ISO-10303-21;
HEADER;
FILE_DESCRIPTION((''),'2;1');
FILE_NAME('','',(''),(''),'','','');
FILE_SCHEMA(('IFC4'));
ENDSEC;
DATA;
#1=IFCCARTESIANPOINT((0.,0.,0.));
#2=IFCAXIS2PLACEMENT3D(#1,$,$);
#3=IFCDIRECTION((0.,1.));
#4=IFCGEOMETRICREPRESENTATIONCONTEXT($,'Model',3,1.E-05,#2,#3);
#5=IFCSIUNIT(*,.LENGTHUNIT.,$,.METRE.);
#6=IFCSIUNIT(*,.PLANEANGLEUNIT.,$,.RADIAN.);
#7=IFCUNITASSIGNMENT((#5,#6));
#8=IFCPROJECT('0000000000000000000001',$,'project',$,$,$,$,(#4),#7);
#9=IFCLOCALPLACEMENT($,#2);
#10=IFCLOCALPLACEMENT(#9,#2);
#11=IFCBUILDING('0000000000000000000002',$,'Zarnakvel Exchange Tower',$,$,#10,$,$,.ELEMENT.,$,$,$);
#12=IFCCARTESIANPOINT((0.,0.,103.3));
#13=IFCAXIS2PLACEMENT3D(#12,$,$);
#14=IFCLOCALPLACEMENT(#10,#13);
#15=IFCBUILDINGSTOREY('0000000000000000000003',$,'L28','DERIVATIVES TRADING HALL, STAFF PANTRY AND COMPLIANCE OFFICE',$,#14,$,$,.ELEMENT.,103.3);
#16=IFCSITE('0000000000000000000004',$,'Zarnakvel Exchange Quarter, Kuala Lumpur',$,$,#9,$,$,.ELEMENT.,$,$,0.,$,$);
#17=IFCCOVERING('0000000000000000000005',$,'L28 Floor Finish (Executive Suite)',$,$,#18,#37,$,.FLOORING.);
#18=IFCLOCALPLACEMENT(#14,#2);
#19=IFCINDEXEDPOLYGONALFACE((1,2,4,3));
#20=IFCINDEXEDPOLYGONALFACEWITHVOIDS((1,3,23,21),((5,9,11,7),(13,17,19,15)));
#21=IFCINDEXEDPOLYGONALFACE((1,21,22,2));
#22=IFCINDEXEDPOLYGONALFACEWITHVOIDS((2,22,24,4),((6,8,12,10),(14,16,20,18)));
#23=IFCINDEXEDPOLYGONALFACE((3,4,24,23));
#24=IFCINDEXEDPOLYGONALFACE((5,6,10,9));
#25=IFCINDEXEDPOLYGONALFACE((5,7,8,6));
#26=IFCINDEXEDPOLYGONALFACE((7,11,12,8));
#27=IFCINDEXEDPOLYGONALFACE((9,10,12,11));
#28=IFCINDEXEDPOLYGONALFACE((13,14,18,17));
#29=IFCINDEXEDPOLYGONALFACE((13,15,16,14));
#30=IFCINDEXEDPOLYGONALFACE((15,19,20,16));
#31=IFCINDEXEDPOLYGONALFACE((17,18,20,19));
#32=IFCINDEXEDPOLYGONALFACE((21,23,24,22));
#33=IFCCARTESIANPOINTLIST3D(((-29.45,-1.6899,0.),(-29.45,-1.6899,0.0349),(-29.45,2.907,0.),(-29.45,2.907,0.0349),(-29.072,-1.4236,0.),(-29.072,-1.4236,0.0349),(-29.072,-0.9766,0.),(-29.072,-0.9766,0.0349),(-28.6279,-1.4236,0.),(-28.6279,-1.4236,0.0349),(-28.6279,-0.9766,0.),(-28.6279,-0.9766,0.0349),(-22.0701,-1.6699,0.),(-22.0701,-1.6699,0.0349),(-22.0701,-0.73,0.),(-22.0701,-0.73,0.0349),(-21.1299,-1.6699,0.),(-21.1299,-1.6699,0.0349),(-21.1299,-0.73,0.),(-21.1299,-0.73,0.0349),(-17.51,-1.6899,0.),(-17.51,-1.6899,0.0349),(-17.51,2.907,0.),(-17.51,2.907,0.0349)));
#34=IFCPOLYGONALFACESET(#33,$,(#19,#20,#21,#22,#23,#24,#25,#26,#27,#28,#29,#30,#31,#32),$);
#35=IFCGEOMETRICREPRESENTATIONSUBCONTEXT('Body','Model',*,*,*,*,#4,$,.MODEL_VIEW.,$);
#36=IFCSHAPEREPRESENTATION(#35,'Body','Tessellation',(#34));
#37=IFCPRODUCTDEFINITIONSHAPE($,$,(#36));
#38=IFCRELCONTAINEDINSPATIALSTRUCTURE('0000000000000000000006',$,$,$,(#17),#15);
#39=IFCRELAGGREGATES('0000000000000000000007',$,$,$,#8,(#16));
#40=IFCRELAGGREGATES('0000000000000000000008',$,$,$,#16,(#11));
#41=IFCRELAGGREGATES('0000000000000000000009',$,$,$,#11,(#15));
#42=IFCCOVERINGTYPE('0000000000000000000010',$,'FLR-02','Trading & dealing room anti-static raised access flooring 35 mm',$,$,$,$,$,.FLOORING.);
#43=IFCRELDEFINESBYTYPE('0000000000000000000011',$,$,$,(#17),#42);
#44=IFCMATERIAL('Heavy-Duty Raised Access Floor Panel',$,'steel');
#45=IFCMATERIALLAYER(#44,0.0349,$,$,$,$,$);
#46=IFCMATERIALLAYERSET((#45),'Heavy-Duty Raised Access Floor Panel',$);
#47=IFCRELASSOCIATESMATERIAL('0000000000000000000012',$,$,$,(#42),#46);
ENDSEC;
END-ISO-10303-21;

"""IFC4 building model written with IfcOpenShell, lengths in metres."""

from ifc_helpers import new_model, si_unit, direction, frame, origin, place, context, subcontext, project, spatial, polyline, outline, extrude, material, layer, layer_set, type_object, element, save


model = new_model("IFC4")

# Units and contexts
model_context = context("Model", 3, precision=1e-05, world=origin(), true_north=direction((0.0, 1.0)))
body_context = subcontext(model_context, "Body", "Model", "MODEL_VIEW")
ifc_project = project(units=[si_unit("LENGTHUNIT", "METRE"), si_unit("PLANEANGLEUNIT", "RADIAN")], contexts=[model_context])

# Site, building, storey
site_placement = place(None, origin())
site = spatial("IfcSite", under=ifc_project, at=site_placement, Name="Zarnakvel Exchange Quarter, Kuala Lumpur", CompositionType="ELEMENT", RefElevation=0.0)
building_placement = place(site_placement, origin())
building = spatial("IfcBuilding", under=site, at=building_placement, Name="Zarnakvel Exchange Tower", CompositionType="ELEMENT")
storey_placement = place(building_placement, frame((0.0, 0.0, 103.3)))
storey = spatial("IfcBuildingStorey", under=building, at=storey_placement, Name="L28", Description="DERIVATIVES TRADING HALL, STAFF PANTRY AND COMPLIANCE OFFICE", CompositionType="ELEMENT", Elevation=103.3)

# Covering
ifc_material_1 = material(Name="Heavy-Duty Raised Access Floor Panel", Category="steel")
ifc_layer_1 = layer(ifc_material_1, 0.0349)
ifc_layer_set_1 = layer_set([ifc_layer_1], Name="Heavy-Duty Raised Access Floor Panel")
covering_type_1 = type_object("IfcCoveringType", Name="FLR-02", Description="Trading & dealing room anti-static raised access flooring 35 mm", PredefinedType="FLOORING", material=ifc_layer_set_1)
covering_1_placement = place(storey_placement, origin())
element("IfcCovering", 1, at=covering_1_placement, inside=storey, type_object=covering_type_1, Name="L28 Floor Finish (Executive Suite)", PredefinedType="FLOORING", context=body_context, shape_type="SweptSolid", body=[
    extrude(outline(polyline([(-29.45, 2.907), (-17.51, 2.907), (-17.51, -1.6899), (-29.45, -1.6899), (-29.45, 2.907)]), holes=[polyline([(-21.1299, -1.6699), (-21.1299, -0.73), (-22.0701, -0.73), (-22.0701, -1.6699), (-21.1299, -1.6699)]), polyline([(-28.6279, -1.4236), (-28.6279, -0.9766), (-29.072, -0.9766), (-29.072, -1.4236), (-28.6279, -1.4236)])]), origin(), (0.0, 0.0, 1.0), 0.0349),
])

save(model, "model.ifc")
